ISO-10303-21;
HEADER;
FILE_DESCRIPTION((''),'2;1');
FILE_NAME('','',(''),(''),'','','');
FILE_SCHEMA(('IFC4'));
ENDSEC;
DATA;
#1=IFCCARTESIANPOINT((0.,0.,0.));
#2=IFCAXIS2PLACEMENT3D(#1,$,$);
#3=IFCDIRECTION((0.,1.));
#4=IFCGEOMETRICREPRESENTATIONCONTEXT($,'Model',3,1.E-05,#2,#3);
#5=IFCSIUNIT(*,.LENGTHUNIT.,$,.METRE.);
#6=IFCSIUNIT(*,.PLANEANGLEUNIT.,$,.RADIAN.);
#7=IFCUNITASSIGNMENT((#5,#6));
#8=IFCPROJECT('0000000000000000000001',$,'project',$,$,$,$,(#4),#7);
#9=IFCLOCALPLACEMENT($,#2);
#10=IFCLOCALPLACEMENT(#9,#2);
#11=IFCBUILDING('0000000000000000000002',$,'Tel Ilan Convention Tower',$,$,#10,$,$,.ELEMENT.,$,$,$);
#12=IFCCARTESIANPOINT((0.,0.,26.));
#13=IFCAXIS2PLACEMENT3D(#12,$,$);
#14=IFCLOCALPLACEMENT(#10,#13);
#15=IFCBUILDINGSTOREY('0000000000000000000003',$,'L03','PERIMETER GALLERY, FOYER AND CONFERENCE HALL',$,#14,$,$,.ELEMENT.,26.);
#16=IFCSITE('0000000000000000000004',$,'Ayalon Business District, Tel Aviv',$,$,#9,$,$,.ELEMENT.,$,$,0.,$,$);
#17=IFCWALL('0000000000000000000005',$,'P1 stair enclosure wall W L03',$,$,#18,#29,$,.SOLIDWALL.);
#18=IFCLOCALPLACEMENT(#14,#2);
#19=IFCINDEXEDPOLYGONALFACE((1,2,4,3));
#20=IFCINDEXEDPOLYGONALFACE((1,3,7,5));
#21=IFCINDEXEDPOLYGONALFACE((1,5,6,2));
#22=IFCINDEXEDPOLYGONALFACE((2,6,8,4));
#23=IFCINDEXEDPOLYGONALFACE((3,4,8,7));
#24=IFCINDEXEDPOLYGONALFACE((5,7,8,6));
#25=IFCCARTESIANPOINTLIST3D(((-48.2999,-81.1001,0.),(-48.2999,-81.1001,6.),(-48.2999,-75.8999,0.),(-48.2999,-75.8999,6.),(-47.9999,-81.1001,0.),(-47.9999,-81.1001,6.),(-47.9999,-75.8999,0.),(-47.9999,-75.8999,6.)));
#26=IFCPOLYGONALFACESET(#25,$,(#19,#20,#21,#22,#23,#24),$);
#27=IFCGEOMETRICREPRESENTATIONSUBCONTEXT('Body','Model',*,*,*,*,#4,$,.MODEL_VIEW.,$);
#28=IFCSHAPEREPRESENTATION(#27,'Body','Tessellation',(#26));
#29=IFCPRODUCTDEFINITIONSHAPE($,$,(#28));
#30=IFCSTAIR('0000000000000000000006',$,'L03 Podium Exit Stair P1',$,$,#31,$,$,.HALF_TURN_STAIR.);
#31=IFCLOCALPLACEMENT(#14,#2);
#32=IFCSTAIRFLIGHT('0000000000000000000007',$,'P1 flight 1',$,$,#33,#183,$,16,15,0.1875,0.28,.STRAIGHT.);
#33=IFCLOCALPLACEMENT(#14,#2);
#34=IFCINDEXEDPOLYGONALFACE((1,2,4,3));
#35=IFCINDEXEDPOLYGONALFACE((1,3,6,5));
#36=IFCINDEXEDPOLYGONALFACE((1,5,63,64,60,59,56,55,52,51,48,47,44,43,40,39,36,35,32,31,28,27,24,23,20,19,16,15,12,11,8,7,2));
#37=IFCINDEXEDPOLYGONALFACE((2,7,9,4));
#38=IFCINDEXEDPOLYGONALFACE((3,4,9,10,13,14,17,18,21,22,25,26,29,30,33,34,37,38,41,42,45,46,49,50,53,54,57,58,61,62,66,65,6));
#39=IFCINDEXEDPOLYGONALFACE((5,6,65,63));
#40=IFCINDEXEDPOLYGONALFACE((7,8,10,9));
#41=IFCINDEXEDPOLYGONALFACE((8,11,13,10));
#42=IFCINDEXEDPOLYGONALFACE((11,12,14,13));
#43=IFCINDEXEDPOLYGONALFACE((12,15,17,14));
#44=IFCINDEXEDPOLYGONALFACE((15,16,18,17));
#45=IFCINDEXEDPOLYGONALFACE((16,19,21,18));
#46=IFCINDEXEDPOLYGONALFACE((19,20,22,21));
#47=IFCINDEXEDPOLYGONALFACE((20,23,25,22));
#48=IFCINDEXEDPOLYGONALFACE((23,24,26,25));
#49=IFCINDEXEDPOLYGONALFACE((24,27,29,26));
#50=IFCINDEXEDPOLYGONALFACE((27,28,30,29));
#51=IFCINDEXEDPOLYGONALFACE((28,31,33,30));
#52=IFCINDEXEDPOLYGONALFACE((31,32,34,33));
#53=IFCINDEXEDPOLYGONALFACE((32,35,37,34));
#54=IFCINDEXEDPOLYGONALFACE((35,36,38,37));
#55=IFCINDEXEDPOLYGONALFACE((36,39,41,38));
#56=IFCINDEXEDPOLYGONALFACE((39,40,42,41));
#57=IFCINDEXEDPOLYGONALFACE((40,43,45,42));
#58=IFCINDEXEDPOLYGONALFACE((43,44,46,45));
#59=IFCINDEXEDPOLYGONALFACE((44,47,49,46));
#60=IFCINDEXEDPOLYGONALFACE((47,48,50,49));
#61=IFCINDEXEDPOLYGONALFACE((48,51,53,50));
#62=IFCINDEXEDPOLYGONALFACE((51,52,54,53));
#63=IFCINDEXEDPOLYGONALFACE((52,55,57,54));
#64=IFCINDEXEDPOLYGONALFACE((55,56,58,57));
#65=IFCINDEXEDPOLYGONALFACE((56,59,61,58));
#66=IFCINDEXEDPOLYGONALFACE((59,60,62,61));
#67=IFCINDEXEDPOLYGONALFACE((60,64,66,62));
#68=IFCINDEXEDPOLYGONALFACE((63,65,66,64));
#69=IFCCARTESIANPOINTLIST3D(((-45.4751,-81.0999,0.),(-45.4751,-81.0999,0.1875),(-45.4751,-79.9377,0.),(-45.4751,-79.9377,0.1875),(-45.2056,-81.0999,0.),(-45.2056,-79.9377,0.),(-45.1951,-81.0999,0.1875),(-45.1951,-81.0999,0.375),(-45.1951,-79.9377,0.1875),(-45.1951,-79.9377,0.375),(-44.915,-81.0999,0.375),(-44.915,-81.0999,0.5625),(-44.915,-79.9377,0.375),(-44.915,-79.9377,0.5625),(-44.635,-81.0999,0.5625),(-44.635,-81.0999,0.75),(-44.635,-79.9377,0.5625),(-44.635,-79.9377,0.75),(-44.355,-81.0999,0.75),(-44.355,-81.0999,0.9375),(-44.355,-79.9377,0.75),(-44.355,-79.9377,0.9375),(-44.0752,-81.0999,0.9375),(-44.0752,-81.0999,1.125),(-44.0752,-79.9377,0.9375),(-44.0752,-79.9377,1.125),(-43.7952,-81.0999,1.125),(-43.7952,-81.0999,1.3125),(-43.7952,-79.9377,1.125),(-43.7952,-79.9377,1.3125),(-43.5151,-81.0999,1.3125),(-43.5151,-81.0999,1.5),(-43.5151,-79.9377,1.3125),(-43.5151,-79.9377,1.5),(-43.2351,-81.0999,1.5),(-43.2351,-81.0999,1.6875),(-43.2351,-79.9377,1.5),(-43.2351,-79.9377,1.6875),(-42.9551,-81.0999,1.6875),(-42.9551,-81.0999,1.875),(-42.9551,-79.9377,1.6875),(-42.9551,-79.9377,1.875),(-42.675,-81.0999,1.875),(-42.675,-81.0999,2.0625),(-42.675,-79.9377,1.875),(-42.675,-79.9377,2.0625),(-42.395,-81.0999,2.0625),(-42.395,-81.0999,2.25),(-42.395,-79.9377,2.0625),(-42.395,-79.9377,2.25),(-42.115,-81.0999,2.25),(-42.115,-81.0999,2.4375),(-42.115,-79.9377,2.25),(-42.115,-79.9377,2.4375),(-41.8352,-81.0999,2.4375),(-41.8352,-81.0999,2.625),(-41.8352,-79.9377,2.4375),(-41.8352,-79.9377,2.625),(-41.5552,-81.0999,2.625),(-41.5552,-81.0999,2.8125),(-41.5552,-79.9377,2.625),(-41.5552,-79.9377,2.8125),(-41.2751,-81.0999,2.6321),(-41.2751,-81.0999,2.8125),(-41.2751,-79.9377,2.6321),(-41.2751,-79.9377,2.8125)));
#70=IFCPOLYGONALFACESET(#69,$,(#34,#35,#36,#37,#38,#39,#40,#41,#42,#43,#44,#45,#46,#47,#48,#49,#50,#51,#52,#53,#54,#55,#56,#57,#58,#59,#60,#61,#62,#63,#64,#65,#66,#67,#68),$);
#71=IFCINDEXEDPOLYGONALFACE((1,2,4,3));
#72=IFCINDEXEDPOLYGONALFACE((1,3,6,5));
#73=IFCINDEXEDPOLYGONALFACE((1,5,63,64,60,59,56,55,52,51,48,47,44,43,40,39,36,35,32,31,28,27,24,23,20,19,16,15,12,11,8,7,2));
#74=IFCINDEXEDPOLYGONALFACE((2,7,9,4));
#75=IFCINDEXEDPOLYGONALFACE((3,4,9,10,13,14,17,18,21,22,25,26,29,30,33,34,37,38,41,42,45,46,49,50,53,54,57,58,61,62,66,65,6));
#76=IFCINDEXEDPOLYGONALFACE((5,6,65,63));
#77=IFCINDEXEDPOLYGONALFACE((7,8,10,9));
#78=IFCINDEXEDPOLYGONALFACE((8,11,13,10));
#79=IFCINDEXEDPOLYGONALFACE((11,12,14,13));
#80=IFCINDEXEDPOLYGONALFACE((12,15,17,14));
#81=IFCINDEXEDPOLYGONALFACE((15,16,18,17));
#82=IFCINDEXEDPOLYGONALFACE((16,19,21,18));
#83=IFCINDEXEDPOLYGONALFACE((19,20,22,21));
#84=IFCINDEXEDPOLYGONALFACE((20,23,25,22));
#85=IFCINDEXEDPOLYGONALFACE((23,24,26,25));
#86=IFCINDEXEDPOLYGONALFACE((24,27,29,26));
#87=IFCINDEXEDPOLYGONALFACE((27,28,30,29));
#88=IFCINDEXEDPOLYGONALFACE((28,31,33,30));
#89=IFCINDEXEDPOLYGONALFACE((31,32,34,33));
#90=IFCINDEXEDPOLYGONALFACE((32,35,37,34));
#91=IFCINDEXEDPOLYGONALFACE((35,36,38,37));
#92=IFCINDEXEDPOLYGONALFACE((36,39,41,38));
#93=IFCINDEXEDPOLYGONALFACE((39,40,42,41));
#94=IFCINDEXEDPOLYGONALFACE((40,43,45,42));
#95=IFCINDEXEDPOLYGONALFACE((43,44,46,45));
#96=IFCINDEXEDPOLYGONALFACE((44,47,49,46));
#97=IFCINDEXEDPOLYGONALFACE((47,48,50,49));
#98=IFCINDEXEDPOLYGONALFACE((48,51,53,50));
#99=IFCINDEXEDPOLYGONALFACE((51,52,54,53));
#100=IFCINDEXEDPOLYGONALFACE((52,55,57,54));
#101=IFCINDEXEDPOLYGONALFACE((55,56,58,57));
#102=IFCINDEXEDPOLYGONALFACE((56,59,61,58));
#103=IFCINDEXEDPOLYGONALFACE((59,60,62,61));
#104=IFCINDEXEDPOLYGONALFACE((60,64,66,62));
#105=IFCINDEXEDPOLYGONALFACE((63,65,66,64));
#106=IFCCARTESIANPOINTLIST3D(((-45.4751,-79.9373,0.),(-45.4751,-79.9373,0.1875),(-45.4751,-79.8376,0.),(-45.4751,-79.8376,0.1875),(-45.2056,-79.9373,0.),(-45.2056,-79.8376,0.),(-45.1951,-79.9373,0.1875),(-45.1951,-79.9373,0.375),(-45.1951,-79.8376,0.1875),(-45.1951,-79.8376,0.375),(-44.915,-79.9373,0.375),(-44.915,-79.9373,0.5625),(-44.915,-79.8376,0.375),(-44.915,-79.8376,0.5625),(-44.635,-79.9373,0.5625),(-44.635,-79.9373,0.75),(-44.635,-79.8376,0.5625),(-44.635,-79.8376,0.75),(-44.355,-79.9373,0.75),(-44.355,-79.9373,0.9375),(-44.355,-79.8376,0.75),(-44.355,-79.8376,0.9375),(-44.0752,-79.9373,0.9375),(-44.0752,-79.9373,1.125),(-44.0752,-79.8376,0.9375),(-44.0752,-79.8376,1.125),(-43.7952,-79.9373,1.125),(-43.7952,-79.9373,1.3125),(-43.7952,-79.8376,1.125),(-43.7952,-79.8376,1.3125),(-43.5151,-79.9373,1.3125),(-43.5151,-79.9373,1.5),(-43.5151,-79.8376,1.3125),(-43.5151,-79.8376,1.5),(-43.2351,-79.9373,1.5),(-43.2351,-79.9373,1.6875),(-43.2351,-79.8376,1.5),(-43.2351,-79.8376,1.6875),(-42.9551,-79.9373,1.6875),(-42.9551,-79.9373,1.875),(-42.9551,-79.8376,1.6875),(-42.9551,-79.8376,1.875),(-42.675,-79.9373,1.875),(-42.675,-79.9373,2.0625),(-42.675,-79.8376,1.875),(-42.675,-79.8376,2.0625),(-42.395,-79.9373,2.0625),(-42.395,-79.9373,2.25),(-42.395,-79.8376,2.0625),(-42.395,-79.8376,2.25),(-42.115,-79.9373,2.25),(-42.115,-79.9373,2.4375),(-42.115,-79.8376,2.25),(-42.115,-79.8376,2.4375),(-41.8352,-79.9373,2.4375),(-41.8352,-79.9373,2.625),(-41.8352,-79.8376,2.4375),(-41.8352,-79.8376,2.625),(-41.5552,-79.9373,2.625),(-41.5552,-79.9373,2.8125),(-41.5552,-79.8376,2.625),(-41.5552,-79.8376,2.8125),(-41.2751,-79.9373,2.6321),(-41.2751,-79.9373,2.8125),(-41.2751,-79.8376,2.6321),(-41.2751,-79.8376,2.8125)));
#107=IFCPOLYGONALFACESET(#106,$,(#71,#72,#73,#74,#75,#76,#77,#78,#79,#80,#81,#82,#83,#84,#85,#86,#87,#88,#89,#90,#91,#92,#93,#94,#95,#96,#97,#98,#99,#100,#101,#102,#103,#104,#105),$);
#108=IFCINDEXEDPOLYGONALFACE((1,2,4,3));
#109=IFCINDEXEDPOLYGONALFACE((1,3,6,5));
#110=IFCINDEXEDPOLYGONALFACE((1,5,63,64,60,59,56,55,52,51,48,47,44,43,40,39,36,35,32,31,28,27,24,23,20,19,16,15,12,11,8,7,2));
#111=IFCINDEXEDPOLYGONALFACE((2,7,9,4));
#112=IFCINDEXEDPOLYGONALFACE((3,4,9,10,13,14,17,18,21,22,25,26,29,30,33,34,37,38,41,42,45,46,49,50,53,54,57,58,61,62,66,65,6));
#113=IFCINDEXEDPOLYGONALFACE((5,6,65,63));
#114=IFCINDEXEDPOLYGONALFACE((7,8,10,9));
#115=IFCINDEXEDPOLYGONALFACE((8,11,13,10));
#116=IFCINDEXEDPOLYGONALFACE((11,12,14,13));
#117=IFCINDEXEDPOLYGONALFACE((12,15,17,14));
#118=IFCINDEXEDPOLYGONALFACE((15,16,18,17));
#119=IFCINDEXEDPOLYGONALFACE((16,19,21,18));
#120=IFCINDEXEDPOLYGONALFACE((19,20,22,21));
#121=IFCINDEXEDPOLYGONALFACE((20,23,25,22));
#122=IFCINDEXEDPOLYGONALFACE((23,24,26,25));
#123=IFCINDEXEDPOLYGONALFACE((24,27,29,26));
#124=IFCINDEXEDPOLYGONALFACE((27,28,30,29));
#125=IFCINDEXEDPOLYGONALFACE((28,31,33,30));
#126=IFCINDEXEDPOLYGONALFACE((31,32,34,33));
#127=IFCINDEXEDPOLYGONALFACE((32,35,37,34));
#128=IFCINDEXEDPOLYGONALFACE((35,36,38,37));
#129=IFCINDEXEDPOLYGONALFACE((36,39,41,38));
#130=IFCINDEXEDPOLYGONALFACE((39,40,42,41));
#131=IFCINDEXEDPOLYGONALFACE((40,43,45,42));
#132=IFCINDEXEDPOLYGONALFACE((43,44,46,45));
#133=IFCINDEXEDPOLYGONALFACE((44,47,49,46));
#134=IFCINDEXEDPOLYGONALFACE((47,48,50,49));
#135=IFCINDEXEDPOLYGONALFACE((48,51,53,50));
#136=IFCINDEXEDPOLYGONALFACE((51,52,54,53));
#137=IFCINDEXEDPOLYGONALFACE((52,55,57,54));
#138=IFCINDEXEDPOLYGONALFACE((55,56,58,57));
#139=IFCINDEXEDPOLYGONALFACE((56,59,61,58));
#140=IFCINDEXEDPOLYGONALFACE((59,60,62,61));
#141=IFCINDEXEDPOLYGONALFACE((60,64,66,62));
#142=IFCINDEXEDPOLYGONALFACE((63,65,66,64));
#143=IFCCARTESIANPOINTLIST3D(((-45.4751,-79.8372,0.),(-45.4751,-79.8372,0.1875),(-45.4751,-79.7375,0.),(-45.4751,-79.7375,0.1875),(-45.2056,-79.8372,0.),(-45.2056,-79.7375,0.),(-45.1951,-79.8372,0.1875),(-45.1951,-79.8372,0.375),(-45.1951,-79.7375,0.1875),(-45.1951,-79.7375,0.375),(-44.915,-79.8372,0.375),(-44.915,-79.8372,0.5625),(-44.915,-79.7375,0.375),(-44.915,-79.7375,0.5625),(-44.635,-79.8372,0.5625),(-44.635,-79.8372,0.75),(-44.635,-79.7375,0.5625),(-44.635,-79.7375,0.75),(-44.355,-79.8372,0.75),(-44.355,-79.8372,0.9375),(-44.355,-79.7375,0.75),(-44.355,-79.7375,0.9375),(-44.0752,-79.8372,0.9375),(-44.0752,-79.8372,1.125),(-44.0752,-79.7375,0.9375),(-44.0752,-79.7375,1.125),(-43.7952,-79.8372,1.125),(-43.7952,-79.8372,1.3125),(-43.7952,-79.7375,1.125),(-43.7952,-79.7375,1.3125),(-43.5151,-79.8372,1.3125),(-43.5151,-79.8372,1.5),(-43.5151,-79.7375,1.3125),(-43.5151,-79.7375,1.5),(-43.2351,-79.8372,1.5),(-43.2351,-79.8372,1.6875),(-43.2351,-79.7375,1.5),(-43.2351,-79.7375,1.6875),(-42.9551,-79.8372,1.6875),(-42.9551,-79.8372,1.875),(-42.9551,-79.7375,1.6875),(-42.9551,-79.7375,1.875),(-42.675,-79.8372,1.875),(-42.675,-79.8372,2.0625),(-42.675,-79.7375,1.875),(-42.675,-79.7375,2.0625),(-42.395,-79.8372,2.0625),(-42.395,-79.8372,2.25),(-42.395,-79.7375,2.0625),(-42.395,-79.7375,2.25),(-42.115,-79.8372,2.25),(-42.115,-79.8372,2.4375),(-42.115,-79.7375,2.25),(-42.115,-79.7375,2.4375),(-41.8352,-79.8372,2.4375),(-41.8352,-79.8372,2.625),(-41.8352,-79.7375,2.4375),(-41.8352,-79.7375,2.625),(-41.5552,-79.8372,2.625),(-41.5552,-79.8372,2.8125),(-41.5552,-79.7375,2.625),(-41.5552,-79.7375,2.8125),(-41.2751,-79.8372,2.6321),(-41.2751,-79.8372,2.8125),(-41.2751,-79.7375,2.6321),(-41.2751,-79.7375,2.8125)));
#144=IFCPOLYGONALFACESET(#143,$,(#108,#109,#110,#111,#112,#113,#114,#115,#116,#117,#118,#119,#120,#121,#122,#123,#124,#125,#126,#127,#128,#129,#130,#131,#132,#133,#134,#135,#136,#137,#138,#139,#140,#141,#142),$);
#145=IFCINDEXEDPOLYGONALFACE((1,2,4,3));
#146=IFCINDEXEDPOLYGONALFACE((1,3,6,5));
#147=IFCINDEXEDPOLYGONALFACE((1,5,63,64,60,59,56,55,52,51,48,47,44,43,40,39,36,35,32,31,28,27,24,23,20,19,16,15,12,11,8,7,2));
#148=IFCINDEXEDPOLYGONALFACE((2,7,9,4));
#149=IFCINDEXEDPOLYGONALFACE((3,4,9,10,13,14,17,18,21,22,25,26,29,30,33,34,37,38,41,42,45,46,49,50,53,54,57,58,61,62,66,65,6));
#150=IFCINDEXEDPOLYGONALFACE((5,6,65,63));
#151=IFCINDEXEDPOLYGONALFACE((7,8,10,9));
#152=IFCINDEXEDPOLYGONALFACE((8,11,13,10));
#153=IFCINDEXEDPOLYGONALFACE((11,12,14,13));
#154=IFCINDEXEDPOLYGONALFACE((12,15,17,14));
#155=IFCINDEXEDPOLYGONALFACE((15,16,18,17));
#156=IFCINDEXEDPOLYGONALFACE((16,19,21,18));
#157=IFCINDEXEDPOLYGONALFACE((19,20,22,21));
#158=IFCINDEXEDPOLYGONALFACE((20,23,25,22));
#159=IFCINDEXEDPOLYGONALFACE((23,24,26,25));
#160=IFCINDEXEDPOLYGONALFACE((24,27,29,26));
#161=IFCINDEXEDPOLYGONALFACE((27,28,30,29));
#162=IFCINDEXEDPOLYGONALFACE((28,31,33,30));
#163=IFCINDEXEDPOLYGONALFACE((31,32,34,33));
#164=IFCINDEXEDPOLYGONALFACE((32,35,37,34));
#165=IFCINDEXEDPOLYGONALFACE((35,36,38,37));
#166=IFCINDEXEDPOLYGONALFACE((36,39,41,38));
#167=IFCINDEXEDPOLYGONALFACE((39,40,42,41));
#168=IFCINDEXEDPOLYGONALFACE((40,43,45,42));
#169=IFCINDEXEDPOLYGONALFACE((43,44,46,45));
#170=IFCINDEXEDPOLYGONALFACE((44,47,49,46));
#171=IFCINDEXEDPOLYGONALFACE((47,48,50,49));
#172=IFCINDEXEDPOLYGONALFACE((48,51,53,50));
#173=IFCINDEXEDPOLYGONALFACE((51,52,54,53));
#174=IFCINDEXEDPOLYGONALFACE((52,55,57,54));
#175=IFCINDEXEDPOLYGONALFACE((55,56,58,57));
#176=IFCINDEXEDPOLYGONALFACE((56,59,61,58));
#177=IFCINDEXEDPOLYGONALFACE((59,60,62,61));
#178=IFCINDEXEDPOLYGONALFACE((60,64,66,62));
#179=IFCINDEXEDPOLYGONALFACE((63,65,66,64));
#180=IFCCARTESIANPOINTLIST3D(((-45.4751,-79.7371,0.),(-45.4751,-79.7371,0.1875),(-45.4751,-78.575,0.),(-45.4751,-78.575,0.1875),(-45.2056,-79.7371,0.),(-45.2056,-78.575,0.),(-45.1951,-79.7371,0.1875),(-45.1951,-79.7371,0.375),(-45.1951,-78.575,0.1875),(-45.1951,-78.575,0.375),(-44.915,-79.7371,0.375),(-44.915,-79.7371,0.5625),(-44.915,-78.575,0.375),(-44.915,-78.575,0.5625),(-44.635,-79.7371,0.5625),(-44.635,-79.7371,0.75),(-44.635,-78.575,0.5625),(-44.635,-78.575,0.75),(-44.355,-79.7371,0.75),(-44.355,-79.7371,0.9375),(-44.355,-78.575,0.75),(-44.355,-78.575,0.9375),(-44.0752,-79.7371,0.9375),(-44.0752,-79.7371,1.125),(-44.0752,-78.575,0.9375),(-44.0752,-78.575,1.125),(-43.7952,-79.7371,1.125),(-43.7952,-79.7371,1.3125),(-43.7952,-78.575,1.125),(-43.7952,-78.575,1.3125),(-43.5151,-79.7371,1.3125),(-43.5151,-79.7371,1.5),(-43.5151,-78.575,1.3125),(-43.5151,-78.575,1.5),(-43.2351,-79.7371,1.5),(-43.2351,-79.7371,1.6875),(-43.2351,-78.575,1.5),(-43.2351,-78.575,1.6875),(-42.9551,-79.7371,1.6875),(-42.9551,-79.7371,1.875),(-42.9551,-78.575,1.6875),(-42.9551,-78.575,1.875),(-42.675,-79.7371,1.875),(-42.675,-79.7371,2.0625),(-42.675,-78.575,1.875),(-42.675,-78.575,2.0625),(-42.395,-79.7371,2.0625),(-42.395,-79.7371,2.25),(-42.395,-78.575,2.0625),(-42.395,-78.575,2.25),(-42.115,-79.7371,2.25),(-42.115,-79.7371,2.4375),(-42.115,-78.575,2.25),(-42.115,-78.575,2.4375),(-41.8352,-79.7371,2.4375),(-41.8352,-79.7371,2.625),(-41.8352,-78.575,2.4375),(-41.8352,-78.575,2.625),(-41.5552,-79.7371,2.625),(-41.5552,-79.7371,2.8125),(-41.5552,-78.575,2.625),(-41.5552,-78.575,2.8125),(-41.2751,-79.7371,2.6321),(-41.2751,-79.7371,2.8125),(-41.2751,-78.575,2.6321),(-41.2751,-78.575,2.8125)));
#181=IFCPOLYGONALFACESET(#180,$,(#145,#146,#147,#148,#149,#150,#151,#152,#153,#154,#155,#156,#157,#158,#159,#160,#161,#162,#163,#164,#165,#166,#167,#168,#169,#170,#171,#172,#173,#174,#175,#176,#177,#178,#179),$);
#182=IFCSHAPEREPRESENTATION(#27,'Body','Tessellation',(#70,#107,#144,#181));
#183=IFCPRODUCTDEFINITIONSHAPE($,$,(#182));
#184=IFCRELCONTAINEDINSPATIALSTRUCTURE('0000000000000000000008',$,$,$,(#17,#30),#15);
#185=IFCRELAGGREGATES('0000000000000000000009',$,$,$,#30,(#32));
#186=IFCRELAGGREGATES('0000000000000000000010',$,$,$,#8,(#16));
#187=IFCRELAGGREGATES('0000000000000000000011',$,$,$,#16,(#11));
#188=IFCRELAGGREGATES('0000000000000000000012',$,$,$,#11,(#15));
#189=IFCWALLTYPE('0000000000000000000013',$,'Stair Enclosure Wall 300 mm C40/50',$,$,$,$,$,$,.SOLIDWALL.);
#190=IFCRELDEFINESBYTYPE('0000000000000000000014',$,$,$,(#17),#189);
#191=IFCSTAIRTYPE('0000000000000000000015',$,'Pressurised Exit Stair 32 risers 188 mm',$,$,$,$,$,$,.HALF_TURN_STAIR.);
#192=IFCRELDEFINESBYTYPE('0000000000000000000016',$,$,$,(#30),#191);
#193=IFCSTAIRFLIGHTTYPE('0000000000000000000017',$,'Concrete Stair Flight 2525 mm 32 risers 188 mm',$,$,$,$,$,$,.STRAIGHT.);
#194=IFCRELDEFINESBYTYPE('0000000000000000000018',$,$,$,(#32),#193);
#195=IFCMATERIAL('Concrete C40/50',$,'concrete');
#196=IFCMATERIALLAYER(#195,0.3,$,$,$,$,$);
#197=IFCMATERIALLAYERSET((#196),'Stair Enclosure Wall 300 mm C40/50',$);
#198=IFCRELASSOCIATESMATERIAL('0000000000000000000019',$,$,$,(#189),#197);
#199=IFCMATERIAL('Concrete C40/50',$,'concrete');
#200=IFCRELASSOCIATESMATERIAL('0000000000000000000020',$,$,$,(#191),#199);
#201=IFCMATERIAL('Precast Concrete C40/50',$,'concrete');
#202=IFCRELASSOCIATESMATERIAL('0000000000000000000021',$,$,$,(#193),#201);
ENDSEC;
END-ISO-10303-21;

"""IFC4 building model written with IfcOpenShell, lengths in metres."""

from ifc_helpers import new_model, si_unit, direction, frame, frame_2d, origin, place, context, subcontext, project, spatial, polyline, rectangle, outline, extrude, material, layer, layer_set, type_object, element, aggregate, save


model = new_model("IFC4")

# Units and contexts
model_context = context("Model", 3, precision=1e-05, world=origin(), true_north=direction((0.0, 1.0)))
body_context = subcontext(model_context, "Body", "Model", "MODEL_VIEW")
ifc_project = project(units=[si_unit("LENGTHUNIT", "METRE"), si_unit("PLANEANGLEUNIT", "RADIAN")], contexts=[model_context])

# Site, building, storey
site_placement = place(None, origin())
site = spatial("IfcSite", under=ifc_project, at=site_placement, Name="Ayalon Business District, Tel Aviv", CompositionType="ELEMENT", RefElevation=0.0)
building_placement = place(site_placement, origin())
building = spatial("IfcBuilding", under=site, at=building_placement, Name="Tel Ilan Convention Tower", CompositionType="ELEMENT")
storey_placement = place(building_placement, frame((0.0, 0.0, 26.0)))
storey = spatial("IfcBuildingStorey", under=building, at=storey_placement, Name="L03", Description="PERIMETER GALLERY, FOYER AND CONFERENCE HALL", CompositionType="ELEMENT", Elevation=26.0)

# Wall
ifc_material_1 = material(Name="Concrete C40/50", Category="concrete")
ifc_layer = layer(ifc_material_1, 0.3)
ifc_layer_set = layer_set([ifc_layer], Name="Stair Enclosure Wall 300 mm C40/50")
wall_type = type_object("IfcWallType", Name="Stair Enclosure Wall 300 mm C40/50", PredefinedType="SOLIDWALL", material=ifc_layer_set)
wall_placement = place(storey_placement, frame((-48.1499, -81.1001, 0.0), z_axis=(0.0, 0.0, 1.0), x_axis=(0.0, 1.0, 0.0)))
element("IfcWall", 1, at=wall_placement, inside=storey, type_object=wall_type, Name="P1 stair enclosure wall W L03", PredefinedType="SOLIDWALL", context=body_context, shape_type="SweptSolid", body=[
    extrude(rectangle(XDim=5.2002, YDim=0.3, at=frame_2d((2.6001, 0.0))), origin(), (0.0, 0.0, 1.0), 6.0),
])

# Stair, stair flight
ifc_material_2 = material(Name="Concrete C40/50", Category="concrete")
stair_type = type_object("IfcStairType", Name="Pressurised Exit Stair 32 risers 188 mm", PredefinedType="HALF_TURN_STAIR", material=ifc_material_2)
stair_placement = place(storey_placement, origin())
stair = element("IfcStair", 2, at=stair_placement, inside=storey, type_object=stair_type, Name="L03 Podium Exit Stair P1", PredefinedType="HALF_TURN_STAIR")
ifc_material_3 = material(Name="Precast Concrete C40/50", Category="concrete")
stair_flight_type = type_object("IfcStairFlightType", Name="Concrete Stair Flight 2525 mm 32 risers 188 mm", PredefinedType="STRAIGHT", material=ifc_material_3)
stair_flight_placement = place(storey_placement, frame((-45.4751, -79.8374, 0.0), z_axis=(0.0, 0.0, 1.0), x_axis=(1.0, 0.0, 0.0)))
stair_flight = element("IfcStairFlight", 3, at=stair_flight_placement, type_object=stair_flight_type, Name="P1 flight 1", NumberOfRisers=16, NumberOfTreads=15, PredefinedType="STRAIGHT", RiserHeight=0.1875, TreadLength=0.28, context=body_context, shape_type="SweptSolid", body=[
    extrude(outline(polyline([(0.0, 0.0), (0.0, 0.1875), (0.28, 0.1875), (0.28, 0.375), (0.5601, 0.375), (0.5601, 0.5625), (0.8401, 0.5625), (0.8401, 0.75), (1.1201, 0.75), (1.1201, 0.9375), (1.3999, 0.9375), (1.3999, 1.125), (1.6799, 1.125), (1.6799, 1.3125), (1.96, 1.3125), (1.96, 1.5), (2.24, 1.5), (2.24, 1.6875), (2.52, 1.6875), (2.52, 1.875), (2.8, 1.875), (2.8, 2.0625), (3.0801, 2.0625), (3.0801, 2.25), (3.3601, 2.25), (3.3601, 2.4375), (3.6399, 2.4375), (3.6399, 2.625), (3.9199, 2.625), (3.9199, 2.8125), (4.2, 2.8125), (4.2, 3.0), (4.2, 2.6321), (0.2695, 0.0), (0.0, 0.0)])), frame((0.0, -0.1003, 0.0), z_axis=(0.0, -1.0, 0.0), x_axis=(1.0, 0.0, 0.0)), (0.0, 0.0, 1.0), 1.1621),
    extrude(outline(polyline([(0.0, 0.0), (0.0, 0.1875), (0.28, 0.1875), (0.28, 0.375), (0.5601, 0.375), (0.5601, 0.5625), (0.8401, 0.5625), (0.8401, 0.75), (1.1201, 0.75), (1.1201, 0.9375), (1.3999, 0.9375), (1.3999, 1.125), (1.6799, 1.125), (1.6799, 1.3125), (1.96, 1.3125), (1.96, 1.5), (2.24, 1.5), (2.24, 1.6875), (2.52, 1.6875), (2.52, 1.875), (2.8, 1.875), (2.8, 2.0625), (3.0801, 2.0625), (3.0801, 2.25), (3.3601, 2.25), (3.3601, 2.4375), (3.6399, 2.4375), (3.6399, 2.625), (3.9199, 2.625), (3.9199, 2.8125), (4.2, 2.8125), (4.2, 3.0), (4.2, 2.6321), (0.2695, 0.0), (0.0, 0.0)])), frame((0.0, -0.0002, 0.0), z_axis=(0.0, -1.0, 0.0), x_axis=(1.0, 0.0, 0.0)), (0.0, 0.0, 1.0), 0.0996),
    extrude(outline(polyline([(0.0, 0.0), (0.0, 0.1875), (0.28, 0.1875), (0.28, 0.375), (0.5601, 0.375), (0.5601, 0.5625), (0.8401, 0.5625), (0.8401, 0.75), (1.1201, 0.75), (1.1201, 0.9375), (1.3999, 0.9375), (1.3999, 1.125), (1.6799, 1.125), (1.6799, 1.3125), (1.96, 1.3125), (1.96, 1.5), (2.24, 1.5), (2.24, 1.6875), (2.52, 1.6875), (2.52, 1.875), (2.8, 1.875), (2.8, 2.0625), (3.0801, 2.0625), (3.0801, 2.25), (3.3601, 2.25), (3.3601, 2.4375), (3.6399, 2.4375), (3.6399, 2.625), (3.9199, 2.625), (3.9199, 2.8125), (4.2, 2.8125), (4.2, 3.0), (4.2, 2.6321), (0.2695, 0.0), (0.0, 0.0)])), frame((0.0, 0.0999, 0.0), z_axis=(0.0, -1.0, 0.0), x_axis=(1.0, 0.0, 0.0)), (0.0, 0.0, 1.0), 0.0996),
    extrude(outline(polyline([(0.0, 0.0), (0.0, 0.1875), (0.28, 0.1875), (0.28, 0.375), (0.5601, 0.375), (0.5601, 0.5625), (0.8401, 0.5625), (0.8401, 0.75), (1.1201, 0.75), (1.1201, 0.9375), (1.3999, 0.9375), (1.3999, 1.125), (1.6799, 1.125), (1.6799, 1.3125), (1.96, 1.3125), (1.96, 1.5), (2.24, 1.5), (2.24, 1.6875), (2.52, 1.6875), (2.52, 1.875), (2.8, 1.875), (2.8, 2.0625), (3.0801, 2.0625), (3.0801, 2.25), (3.3601, 2.25), (3.3601, 2.4375), (3.6399, 2.4375), (3.6399, 2.625), (3.9199, 2.625), (3.9199, 2.8125), (4.2, 2.8125), (4.2, 3.0), (4.2, 2.6321), (0.2695, 0.0), (0.0, 0.0)])), frame((0.0, 1.2625, 0.0), z_axis=(0.0, -1.0, 0.0), x_axis=(1.0, 0.0, 0.0)), (0.0, 0.0, 1.0), 1.1621),
])
aggregate(stair, [stair_flight])

save(model, "model.ifc")
